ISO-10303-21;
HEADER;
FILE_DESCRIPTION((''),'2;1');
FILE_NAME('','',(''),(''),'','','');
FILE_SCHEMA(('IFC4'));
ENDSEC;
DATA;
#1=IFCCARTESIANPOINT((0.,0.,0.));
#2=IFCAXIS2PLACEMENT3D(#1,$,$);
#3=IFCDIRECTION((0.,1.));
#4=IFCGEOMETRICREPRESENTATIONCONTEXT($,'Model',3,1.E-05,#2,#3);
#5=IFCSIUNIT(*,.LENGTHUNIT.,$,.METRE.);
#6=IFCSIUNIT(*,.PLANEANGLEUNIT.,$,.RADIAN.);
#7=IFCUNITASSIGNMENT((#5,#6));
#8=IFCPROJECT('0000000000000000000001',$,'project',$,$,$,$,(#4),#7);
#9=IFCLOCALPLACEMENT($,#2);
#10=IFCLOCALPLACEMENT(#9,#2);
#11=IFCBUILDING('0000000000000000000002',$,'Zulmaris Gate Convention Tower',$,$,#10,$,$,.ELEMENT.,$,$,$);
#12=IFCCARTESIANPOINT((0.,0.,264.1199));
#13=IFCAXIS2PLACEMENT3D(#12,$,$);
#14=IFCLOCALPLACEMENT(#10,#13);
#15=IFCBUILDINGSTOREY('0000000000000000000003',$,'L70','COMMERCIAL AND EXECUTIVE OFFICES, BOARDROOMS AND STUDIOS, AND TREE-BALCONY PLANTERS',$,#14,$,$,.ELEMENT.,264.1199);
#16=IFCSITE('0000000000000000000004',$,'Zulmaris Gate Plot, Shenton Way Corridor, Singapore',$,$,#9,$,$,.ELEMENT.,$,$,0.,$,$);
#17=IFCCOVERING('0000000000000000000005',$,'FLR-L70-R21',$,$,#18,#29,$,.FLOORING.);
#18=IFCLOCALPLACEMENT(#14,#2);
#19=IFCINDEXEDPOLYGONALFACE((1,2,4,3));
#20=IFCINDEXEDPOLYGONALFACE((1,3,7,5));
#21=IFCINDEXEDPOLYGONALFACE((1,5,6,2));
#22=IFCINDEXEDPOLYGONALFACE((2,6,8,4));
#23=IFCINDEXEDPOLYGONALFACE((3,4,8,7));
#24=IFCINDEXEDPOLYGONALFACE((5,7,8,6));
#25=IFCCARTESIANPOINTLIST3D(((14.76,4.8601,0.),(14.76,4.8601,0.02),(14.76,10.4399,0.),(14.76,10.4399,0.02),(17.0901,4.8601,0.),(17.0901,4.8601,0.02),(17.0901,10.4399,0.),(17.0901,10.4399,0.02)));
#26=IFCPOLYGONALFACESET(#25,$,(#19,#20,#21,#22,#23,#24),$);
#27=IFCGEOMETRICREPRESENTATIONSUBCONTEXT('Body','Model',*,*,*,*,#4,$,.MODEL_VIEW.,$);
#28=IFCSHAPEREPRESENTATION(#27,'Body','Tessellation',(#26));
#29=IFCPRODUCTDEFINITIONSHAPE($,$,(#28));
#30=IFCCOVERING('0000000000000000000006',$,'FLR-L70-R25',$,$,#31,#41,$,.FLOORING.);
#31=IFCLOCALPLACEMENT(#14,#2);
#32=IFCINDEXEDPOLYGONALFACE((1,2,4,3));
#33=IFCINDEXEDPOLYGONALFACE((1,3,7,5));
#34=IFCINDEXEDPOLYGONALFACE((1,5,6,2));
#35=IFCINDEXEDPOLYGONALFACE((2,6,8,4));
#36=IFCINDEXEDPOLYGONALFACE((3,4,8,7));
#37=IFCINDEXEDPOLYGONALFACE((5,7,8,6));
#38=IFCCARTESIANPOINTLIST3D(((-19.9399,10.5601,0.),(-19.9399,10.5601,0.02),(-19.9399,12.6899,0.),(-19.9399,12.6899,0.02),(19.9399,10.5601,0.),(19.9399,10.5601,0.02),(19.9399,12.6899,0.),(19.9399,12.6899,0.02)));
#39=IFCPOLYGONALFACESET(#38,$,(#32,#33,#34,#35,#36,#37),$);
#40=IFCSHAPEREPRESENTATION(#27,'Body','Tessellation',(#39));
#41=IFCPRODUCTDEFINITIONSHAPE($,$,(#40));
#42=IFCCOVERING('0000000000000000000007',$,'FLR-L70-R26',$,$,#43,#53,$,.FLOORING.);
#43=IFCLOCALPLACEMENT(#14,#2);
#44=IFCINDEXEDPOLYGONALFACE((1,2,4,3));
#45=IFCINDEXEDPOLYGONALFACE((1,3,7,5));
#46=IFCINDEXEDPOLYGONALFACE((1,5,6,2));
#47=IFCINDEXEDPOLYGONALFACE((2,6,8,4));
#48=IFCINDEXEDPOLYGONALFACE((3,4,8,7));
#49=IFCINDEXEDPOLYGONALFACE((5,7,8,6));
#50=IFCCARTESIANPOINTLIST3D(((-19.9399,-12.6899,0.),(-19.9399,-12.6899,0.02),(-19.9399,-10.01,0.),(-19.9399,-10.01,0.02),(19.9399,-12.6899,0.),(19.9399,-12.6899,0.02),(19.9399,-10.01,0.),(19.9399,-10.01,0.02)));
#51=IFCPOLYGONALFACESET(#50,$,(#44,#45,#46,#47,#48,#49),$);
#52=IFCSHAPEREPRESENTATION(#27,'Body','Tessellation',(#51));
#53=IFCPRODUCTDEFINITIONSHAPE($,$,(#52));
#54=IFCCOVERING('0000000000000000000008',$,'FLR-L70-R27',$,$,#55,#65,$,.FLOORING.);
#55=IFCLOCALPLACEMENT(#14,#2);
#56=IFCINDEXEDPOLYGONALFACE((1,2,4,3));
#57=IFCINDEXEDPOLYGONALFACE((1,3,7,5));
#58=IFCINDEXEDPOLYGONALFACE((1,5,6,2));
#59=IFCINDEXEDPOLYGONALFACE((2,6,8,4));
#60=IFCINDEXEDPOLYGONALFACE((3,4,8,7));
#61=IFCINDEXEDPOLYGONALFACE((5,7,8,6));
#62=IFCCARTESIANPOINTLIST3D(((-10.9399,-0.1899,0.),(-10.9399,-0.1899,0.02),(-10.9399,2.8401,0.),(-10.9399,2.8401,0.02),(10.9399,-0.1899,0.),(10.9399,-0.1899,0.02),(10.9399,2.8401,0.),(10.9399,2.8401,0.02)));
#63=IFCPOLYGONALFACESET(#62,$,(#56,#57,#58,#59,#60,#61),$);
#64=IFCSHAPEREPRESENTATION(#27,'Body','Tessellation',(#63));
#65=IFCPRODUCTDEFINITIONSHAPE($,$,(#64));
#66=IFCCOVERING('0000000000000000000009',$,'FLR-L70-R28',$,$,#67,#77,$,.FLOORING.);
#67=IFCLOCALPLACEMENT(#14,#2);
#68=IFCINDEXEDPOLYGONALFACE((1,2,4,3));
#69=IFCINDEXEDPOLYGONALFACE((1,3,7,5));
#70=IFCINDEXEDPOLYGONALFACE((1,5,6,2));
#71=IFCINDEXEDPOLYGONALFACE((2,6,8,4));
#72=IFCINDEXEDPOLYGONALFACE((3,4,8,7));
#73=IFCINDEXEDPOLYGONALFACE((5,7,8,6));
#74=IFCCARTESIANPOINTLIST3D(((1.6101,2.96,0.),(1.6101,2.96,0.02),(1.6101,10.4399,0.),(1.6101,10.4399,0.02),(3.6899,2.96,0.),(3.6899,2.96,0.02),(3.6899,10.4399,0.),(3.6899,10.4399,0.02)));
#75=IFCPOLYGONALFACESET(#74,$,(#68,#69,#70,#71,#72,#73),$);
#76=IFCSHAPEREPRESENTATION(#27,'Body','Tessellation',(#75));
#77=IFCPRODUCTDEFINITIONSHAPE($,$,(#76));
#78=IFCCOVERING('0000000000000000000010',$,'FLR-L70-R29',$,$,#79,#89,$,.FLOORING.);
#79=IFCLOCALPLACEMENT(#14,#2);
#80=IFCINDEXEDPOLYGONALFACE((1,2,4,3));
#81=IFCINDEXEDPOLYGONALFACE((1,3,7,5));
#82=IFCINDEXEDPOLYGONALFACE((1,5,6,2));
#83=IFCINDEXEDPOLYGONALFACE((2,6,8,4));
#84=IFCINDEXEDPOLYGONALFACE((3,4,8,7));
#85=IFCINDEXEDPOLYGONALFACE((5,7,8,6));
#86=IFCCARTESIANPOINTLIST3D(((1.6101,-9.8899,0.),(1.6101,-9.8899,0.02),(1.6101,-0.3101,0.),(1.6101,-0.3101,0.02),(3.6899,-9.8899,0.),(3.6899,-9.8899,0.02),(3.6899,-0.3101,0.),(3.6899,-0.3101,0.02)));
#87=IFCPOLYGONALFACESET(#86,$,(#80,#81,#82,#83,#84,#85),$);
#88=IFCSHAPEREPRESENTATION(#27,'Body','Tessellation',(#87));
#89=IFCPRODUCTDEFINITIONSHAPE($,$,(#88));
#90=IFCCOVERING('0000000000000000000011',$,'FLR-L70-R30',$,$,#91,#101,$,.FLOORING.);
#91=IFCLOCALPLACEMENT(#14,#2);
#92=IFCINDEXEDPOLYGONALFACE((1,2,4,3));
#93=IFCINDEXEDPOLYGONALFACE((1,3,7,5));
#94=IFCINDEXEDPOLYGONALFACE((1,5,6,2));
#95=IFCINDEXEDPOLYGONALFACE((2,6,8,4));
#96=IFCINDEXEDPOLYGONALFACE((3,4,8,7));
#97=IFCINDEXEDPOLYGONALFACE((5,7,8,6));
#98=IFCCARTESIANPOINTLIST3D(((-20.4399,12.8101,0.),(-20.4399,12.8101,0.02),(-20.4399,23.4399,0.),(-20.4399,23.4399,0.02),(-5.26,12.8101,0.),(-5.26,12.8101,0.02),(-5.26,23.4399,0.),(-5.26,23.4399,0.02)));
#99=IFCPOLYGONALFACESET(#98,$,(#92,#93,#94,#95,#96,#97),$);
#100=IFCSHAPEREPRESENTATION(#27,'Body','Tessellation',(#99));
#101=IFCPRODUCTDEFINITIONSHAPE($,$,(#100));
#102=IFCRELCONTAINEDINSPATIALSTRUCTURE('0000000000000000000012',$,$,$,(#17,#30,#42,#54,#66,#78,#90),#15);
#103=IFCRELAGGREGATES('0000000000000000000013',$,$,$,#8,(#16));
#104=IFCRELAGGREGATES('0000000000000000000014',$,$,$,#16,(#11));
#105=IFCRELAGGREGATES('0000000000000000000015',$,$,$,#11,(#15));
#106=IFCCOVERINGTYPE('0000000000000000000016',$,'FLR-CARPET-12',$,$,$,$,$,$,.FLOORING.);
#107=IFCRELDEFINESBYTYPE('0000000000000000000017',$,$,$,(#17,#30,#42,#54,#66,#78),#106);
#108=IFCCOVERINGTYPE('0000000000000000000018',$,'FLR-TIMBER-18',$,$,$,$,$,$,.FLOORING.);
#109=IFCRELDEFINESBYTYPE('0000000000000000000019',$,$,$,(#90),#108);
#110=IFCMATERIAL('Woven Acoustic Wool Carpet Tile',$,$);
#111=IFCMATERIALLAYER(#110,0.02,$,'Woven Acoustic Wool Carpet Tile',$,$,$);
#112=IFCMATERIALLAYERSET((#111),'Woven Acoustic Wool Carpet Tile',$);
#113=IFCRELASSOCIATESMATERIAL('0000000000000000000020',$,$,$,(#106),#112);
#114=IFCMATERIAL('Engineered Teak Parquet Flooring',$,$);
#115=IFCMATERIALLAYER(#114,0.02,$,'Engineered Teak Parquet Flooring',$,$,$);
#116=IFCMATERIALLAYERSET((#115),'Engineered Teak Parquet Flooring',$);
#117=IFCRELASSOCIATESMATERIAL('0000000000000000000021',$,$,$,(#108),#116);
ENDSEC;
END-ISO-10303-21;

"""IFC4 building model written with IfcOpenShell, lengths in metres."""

from ifc_helpers import new_model, si_unit, direction, frame, origin, place, context, subcontext, project, spatial, polyline, outline, extrude, material, layer, layer_set, type_object, element, save


model = new_model("IFC4")

# Units and contexts
model_context = context("Model", 3, precision=1e-05, world=origin(), true_north=direction((0.0, 1.0)))
body_context = subcontext(model_context, "Body", "Model", "MODEL_VIEW")
ifc_project = project(units=[si_unit("LENGTHUNIT", "METRE"), si_unit("PLANEANGLEUNIT", "RADIAN")], contexts=[model_context])

# Site, building, storey
site_placement = place(None, origin())
site = spatial("IfcSite", under=ifc_project, at=site_placement, Name="Zulmaris Gate Plot, Shenton Way Corridor, Singapore", CompositionType="ELEMENT", RefElevation=0.0)
building_placement = place(site_placement, origin())
building = spatial("IfcBuilding", under=site, at=building_placement, Name="Zulmaris Gate Convention Tower", CompositionType="ELEMENT")
storey_placement = place(building_placement, frame((0.0, 0.0, 264.1199)))
storey = spatial("IfcBuildingStorey", under=building, at=storey_placement, Name="L70", Description="COMMERCIAL AND EXECUTIVE OFFICES, BOARDROOMS AND STUDIOS, AND TREE-BALCONY PLANTERS", CompositionType="ELEMENT", Elevation=264.1199)

# Coverings
ifc_material_1 = material(Name="Woven Acoustic Wool Carpet Tile")
ifc_layer_1 = layer(ifc_material_1, 0.02, Name="Woven Acoustic Wool Carpet Tile")
ifc_layer_set_1 = layer_set([ifc_layer_1], Name="Woven Acoustic Wool Carpet Tile")
covering_type_1 = type_object("IfcCoveringType", Name="FLR-CARPET-12", PredefinedType="FLOORING", material=ifc_layer_set_1)
covering_1_placement = place(storey_placement, origin())
element("IfcCovering", 1, at=covering_1_placement, inside=storey, type_object=covering_type_1, Name="FLR-L70-R21", PredefinedType="FLOORING", context=body_context, shape_type="SweptSolid", body=[
    extrude(outline(polyline([(14.76, 4.8601), (17.0901, 4.8601), (17.0901, 10.4399), (14.76, 10.4399), (14.76, 4.8601)])), origin(), (0.0, 0.0, 1.0), 0.02),
])
covering_2_placement = place(storey_placement, origin())
element("IfcCovering", 2, at=covering_2_placement, inside=storey, type_object=covering_type_1, Name="FLR-L70-R25", PredefinedType="FLOORING", context=body_context, shape_type="SweptSolid", body=[
    extrude(outline(polyline([(-19.9399, 10.5601), (19.9399, 10.5601), (19.9399, 12.6899), (-19.9399, 12.6899), (-19.9399, 10.5601)])), origin(), (0.0, 0.0, 1.0), 0.02),
])
covering_3_placement = place(storey_placement, origin())
element("IfcCovering", 3, at=covering_3_placement, inside=storey, type_object=covering_type_1, Name="FLR-L70-R26", PredefinedType="FLOORING", context=body_context, shape_type="SweptSolid", body=[
    extrude(outline(polyline([(-19.9399, -12.6899), (19.9399, -12.6899), (19.9399, -10.01), (-19.9399, -10.01), (-19.9399, -12.6899)])), origin(), (0.0, 0.0, 1.0), 0.02),
])
covering_4_placement = place(storey_placement, origin())
element("IfcCovering", 4, at=covering_4_placement, inside=storey, type_object=covering_type_1, Name="FLR-L70-R27", PredefinedType="FLOORING", context=body_context, shape_type="SweptSolid", body=[
    extrude(outline(polyline([(-10.9399, -0.1899), (10.9399, -0.1899), (10.9399, 2.8401), (-10.9399, 2.8401), (-10.9399, -0.1899)])), origin(), (0.0, 0.0, 1.0), 0.02),
])
covering_5_placement = place(storey_placement, origin())
element("IfcCovering", 5, at=covering_5_placement, inside=storey, type_object=covering_type_1, Name="FLR-L70-R28", PredefinedType="FLOORING", context=body_context, shape_type="SweptSolid", body=[
    extrude(outline(polyline([(1.6101, 2.96), (3.6899, 2.96), (3.6899, 10.4399), (1.6101, 10.4399), (1.6101, 2.96)])), origin(), (0.0, 0.0, 1.0), 0.02),
])
covering_6_placement = place(storey_placement, origin())
element("IfcCovering", 6, at=covering_6_placement, inside=storey, type_object=covering_type_1, Name="FLR-L70-R29", PredefinedType="FLOORING", context=body_context, shape_type="SweptSolid", body=[
    extrude(outline(polyline([(1.6101, -9.8899), (3.6899, -9.8899), (3.6899, -0.3101), (1.6101, -0.3101), (1.6101, -9.8899)])), origin(), (0.0, 0.0, 1.0), 0.02),
])
ifc_material_2 = material(Name="Engineered Teak Parquet Flooring")
ifc_layer_2 = layer(ifc_material_2, 0.02, Name="Engineered Teak Parquet Flooring")
ifc_layer_set_2 = layer_set([ifc_layer_2], Name="Engineered Teak Parquet Flooring")
covering_type_2 = type_object("IfcCoveringType", Name="FLR-TIMBER-18", PredefinedType="FLOORING", material=ifc_layer_set_2)
covering_7_placement = place(storey_placement, origin())
element("IfcCovering", 7, at=covering_7_placement, inside=storey, type_object=covering_type_2, Name="FLR-L70-R30", PredefinedType="FLOORING", context=body_context, shape_type="SweptSolid", body=[
    extrude(outline(polyline([(-20.4399, 12.8101), (-5.26, 12.8101), (-5.26, 23.4399), (-20.4399, 23.4399), (-20.4399, 12.8101)])), origin(), (0.0, 0.0, 1.0), 0.02),
])

save(model, "model.ifc")
